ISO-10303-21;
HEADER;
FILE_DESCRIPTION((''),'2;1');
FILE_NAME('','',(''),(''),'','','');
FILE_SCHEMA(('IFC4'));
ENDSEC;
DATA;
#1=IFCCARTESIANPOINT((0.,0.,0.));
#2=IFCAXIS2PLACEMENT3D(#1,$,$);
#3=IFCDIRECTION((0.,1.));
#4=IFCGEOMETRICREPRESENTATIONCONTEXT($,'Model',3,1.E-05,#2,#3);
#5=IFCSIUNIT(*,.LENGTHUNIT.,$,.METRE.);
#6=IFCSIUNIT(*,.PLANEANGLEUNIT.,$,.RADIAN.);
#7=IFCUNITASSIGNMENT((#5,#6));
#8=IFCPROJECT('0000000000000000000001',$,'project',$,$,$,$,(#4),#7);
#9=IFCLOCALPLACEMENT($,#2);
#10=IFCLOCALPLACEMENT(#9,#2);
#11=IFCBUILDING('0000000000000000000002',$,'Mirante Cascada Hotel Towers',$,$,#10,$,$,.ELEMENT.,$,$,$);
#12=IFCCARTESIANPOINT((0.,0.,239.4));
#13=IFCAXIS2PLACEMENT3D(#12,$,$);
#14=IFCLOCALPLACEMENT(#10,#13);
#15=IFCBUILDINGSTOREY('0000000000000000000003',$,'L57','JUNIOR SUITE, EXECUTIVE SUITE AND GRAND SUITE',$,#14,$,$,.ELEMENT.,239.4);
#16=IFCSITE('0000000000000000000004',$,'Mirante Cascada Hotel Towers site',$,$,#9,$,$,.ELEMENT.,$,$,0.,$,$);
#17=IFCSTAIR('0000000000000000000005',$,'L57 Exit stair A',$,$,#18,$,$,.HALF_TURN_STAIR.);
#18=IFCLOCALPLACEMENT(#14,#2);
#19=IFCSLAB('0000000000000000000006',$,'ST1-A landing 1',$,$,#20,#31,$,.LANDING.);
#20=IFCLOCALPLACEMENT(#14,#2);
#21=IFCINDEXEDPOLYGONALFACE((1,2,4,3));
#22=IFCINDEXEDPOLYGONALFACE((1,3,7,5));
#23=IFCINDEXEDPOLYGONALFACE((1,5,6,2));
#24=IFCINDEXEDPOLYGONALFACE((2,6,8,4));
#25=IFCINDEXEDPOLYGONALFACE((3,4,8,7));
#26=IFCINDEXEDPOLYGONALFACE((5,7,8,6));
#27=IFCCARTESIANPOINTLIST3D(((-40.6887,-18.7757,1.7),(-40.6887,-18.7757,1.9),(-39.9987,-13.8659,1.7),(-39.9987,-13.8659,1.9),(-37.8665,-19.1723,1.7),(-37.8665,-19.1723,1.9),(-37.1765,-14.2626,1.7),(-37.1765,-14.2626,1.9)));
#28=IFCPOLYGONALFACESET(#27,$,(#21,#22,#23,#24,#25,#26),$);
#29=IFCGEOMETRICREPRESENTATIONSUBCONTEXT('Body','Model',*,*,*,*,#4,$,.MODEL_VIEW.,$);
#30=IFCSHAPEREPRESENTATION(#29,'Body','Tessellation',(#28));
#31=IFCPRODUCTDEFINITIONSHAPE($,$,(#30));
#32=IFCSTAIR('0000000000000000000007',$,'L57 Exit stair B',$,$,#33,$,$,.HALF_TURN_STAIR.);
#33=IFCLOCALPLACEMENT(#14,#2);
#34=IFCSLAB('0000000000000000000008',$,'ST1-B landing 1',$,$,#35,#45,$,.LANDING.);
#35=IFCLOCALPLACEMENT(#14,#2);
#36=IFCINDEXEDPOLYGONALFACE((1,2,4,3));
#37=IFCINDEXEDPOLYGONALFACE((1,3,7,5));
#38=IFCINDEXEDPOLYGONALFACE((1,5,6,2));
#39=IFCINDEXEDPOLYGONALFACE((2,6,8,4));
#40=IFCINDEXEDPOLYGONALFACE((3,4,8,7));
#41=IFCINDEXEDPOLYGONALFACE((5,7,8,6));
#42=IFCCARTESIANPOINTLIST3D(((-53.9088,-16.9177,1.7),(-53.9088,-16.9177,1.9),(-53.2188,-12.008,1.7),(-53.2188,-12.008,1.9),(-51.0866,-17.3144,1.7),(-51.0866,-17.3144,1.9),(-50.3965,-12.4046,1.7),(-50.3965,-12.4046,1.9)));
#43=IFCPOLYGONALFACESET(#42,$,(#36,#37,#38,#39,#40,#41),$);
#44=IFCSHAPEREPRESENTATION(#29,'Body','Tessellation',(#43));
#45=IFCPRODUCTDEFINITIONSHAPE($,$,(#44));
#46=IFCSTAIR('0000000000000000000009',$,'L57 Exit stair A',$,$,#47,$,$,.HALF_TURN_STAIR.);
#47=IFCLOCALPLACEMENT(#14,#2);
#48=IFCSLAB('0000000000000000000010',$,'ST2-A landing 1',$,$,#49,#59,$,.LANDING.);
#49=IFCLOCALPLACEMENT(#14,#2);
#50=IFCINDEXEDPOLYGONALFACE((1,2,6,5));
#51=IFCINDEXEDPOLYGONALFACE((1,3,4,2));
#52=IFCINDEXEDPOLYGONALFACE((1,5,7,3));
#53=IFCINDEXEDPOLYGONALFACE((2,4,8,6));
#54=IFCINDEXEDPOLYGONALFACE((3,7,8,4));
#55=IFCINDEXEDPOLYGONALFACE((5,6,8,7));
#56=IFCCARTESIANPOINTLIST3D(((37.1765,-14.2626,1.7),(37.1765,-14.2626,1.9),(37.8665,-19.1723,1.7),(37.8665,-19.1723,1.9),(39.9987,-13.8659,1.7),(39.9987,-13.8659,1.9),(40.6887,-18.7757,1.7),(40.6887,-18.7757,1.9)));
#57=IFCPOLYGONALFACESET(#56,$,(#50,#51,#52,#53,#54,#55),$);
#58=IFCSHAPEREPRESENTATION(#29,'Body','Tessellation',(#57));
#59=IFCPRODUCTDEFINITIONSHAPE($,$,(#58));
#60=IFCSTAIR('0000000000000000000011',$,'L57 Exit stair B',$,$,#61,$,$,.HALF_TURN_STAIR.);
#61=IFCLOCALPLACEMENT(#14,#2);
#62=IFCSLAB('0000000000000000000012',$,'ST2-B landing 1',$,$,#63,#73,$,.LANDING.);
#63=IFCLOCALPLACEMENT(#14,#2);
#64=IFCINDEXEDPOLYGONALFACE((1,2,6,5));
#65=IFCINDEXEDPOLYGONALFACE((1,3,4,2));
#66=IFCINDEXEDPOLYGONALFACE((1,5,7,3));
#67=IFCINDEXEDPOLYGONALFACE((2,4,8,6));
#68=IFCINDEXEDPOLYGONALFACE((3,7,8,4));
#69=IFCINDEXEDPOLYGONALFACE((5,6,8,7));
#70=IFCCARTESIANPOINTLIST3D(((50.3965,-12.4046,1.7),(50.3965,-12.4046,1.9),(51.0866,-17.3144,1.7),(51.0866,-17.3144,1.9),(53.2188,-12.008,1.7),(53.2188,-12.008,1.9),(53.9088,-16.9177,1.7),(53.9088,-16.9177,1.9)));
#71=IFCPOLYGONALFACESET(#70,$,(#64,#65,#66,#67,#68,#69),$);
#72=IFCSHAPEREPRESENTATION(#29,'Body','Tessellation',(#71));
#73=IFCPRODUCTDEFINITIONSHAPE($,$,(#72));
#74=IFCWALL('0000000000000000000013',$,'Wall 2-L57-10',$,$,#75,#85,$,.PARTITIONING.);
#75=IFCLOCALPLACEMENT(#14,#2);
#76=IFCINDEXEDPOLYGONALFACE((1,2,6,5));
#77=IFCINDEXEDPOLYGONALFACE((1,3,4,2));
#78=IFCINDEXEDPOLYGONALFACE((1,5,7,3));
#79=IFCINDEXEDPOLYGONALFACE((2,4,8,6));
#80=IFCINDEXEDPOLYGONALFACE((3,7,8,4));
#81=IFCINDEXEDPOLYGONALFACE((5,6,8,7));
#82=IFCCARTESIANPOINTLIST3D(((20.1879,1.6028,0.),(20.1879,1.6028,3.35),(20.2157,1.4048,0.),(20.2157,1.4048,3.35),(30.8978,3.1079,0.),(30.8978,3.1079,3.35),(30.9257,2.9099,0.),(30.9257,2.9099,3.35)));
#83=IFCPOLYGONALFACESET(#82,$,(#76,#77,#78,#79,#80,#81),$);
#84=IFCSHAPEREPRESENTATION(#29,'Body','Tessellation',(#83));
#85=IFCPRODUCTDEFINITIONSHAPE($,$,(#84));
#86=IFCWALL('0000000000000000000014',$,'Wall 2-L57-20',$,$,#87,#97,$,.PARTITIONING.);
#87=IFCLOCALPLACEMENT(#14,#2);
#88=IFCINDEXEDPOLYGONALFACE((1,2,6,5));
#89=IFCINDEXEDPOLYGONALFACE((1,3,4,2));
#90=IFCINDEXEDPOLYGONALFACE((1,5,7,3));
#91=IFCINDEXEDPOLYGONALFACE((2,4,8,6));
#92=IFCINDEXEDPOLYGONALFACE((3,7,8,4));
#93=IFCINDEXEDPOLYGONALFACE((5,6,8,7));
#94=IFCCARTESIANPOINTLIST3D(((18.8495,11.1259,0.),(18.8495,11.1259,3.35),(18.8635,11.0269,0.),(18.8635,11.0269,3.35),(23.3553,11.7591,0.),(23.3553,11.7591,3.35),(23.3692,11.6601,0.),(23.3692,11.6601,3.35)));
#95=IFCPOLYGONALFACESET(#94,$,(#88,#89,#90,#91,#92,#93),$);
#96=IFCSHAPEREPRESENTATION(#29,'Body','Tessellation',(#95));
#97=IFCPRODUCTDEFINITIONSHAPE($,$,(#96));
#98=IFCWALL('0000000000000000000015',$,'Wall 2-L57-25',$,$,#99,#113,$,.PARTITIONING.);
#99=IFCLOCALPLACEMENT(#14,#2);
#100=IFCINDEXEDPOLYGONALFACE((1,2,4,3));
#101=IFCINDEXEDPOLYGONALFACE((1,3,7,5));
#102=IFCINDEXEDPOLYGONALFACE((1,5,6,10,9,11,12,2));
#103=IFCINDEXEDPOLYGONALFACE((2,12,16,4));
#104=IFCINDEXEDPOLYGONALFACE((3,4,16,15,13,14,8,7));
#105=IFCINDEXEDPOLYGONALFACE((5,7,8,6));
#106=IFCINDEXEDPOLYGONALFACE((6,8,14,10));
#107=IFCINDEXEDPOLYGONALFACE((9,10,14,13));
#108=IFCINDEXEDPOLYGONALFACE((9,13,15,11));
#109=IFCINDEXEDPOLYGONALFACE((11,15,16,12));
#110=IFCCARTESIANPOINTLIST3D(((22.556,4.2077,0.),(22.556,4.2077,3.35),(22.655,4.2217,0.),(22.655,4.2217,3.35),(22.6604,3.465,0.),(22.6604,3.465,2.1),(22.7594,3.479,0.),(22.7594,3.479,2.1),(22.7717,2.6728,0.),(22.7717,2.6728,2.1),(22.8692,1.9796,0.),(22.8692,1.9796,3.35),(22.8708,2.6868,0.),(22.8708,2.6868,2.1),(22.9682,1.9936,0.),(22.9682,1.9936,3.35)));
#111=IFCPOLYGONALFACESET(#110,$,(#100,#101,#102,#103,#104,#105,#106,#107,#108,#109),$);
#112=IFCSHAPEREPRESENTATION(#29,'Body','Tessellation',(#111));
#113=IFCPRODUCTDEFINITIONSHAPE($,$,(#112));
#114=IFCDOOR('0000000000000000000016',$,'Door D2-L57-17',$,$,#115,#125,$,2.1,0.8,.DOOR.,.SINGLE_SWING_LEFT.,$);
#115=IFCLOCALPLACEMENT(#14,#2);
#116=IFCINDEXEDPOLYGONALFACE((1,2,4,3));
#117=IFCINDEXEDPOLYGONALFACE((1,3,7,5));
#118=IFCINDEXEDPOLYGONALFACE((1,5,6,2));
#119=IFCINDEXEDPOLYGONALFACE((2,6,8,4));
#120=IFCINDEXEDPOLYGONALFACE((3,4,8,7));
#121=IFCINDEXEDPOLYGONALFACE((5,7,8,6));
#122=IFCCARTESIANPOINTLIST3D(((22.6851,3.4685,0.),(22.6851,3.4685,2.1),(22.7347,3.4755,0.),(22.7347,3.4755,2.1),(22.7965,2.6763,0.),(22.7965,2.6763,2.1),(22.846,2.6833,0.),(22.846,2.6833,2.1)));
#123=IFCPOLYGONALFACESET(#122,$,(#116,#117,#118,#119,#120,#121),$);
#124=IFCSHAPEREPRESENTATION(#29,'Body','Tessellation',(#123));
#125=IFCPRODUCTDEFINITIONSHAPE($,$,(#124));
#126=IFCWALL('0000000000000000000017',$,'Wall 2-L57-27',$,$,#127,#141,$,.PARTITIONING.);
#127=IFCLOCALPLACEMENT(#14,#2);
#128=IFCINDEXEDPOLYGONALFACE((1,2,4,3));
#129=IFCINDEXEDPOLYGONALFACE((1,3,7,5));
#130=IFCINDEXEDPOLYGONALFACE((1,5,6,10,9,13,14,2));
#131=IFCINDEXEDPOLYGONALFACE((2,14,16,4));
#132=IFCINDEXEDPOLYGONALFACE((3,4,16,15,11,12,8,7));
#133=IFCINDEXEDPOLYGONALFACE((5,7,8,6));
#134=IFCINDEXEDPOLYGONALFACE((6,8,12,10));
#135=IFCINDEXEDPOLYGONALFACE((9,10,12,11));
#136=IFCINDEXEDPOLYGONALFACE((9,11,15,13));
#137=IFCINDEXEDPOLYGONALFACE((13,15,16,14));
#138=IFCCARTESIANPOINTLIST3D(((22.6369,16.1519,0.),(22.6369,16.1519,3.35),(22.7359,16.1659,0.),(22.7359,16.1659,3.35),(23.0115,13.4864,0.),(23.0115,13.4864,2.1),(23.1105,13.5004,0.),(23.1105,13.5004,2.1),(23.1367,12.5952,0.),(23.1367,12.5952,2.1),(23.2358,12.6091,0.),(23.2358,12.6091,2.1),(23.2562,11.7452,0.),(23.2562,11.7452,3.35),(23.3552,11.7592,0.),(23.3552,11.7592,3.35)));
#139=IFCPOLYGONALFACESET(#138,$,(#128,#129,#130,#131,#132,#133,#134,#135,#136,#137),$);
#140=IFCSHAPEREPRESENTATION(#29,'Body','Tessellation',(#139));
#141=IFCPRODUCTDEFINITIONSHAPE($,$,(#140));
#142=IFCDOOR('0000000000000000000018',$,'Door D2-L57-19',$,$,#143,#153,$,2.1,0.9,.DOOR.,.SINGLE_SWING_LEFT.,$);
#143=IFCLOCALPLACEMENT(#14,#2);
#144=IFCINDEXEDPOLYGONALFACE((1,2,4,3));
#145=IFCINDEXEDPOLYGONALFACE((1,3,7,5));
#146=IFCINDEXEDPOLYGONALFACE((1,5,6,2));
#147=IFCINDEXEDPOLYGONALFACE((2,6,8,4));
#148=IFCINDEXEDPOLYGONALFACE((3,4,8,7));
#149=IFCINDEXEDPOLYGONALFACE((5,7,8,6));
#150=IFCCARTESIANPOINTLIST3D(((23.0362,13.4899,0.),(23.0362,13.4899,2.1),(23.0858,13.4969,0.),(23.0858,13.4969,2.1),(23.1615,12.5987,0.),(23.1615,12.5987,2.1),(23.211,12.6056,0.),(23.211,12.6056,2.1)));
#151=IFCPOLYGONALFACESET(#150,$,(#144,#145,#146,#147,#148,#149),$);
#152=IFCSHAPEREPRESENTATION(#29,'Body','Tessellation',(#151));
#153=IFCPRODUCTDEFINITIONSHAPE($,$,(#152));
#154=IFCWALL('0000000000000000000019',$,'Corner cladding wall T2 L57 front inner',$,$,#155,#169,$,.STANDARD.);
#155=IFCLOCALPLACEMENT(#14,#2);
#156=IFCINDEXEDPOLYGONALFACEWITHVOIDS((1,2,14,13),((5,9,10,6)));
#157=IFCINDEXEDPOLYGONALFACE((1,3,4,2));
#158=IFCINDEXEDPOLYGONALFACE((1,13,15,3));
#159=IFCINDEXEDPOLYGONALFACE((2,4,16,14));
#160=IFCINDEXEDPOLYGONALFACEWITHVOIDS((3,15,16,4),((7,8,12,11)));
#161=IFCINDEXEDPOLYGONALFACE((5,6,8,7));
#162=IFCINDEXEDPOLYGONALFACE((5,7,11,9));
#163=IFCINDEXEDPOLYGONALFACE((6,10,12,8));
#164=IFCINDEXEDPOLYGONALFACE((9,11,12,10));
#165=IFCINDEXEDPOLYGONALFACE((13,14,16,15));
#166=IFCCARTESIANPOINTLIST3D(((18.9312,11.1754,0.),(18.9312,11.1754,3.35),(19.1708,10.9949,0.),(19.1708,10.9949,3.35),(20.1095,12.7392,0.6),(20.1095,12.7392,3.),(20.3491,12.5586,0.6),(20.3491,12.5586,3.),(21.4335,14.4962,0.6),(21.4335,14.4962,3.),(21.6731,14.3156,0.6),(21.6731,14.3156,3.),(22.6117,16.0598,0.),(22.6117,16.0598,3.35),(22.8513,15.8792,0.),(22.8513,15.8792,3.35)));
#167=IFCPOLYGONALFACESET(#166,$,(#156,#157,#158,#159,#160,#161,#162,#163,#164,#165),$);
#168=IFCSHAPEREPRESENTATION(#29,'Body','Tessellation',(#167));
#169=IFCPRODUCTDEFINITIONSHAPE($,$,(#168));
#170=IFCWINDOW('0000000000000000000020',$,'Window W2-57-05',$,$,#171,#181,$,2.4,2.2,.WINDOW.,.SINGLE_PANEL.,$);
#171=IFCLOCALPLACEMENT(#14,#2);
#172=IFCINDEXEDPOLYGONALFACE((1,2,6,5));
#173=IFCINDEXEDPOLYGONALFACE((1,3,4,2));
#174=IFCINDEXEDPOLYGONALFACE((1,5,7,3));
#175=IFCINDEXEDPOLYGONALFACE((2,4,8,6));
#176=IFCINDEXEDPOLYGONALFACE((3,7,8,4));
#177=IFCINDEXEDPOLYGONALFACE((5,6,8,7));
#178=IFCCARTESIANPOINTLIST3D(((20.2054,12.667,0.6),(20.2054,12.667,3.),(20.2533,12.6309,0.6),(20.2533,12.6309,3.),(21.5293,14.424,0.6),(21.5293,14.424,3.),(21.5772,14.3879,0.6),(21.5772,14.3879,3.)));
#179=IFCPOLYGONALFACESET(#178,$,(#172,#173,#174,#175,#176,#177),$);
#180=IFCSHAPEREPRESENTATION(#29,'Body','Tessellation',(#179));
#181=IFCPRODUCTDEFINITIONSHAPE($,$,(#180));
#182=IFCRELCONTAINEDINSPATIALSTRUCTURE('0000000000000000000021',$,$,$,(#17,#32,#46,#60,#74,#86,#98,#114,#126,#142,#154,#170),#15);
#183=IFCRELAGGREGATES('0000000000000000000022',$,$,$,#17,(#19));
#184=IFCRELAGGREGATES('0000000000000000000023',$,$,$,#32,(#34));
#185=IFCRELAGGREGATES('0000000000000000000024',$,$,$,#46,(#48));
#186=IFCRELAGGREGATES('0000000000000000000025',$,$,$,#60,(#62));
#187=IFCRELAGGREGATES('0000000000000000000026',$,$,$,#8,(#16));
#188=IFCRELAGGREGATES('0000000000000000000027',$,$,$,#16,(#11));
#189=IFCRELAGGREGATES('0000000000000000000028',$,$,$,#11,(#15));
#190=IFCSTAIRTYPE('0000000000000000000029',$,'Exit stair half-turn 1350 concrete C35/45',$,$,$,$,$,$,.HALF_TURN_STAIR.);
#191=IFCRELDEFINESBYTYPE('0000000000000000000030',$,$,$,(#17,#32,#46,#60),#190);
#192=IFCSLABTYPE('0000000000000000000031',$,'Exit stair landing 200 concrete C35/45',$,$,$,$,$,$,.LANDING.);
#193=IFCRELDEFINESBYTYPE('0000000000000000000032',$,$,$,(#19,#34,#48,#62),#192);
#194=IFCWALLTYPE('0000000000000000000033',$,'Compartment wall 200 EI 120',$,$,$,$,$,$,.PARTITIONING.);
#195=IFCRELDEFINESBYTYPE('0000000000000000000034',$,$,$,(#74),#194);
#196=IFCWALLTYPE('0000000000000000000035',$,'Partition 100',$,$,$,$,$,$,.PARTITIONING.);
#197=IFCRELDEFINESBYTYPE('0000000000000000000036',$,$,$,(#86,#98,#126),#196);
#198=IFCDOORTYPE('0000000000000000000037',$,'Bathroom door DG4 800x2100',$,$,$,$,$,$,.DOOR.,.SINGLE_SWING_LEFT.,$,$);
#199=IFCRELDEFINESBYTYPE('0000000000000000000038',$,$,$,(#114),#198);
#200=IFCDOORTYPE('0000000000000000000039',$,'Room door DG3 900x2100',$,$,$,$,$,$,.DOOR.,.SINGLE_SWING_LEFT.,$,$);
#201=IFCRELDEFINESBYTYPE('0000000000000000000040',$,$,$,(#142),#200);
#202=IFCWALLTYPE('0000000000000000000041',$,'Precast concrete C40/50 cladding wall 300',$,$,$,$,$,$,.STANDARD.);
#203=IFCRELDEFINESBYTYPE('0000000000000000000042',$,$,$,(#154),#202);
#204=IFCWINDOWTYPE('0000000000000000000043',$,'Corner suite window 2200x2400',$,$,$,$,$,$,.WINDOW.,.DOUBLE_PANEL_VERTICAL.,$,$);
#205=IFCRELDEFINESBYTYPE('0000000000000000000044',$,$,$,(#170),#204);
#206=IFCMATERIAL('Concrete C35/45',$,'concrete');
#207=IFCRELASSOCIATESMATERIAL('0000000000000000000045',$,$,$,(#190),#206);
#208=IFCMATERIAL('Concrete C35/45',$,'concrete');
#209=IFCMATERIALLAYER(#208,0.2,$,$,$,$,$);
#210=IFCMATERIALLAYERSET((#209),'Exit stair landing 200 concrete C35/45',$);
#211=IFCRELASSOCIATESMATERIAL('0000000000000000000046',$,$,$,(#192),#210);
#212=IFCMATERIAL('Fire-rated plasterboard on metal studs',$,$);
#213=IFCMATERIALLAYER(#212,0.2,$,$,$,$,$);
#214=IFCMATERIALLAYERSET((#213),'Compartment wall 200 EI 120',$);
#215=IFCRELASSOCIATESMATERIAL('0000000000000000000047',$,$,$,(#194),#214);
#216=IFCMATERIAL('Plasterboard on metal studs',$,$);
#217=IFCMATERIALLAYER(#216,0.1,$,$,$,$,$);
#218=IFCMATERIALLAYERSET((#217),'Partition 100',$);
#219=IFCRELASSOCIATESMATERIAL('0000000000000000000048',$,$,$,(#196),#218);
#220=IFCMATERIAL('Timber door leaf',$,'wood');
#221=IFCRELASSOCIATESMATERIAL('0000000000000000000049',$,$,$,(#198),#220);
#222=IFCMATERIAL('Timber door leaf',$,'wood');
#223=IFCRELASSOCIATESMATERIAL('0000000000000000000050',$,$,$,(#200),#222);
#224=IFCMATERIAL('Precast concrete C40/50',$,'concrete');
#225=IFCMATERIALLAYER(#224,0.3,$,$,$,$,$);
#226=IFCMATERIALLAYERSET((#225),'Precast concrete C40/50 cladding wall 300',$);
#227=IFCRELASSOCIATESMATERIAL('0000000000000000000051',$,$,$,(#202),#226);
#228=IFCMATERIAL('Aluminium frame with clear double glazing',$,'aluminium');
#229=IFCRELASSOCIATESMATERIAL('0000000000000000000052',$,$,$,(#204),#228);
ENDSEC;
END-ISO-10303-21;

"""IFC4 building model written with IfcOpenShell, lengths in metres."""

from ifc_helpers import new_model, si_unit, direction, frame, frame_2d, origin, place, context, subcontext, project, spatial, polyline, rectangle, outline, extrude, material, layer, layer_set, type_object, element, fill, aggregate, save


model = new_model("IFC4")

# Units and contexts
model_context = context("Model", 3, precision=1e-05, world=origin(), true_north=direction((0.0, 1.0)))
body_context = subcontext(model_context, "Body", "Model", "MODEL_VIEW")
ifc_project = project(units=[si_unit("LENGTHUNIT", "METRE"), si_unit("PLANEANGLEUNIT", "RADIAN")], contexts=[model_context])

# Site, building, storey
site_placement = place(None, origin())
site = spatial("IfcSite", under=ifc_project, at=site_placement, Name="Mirante Cascada Hotel Towers site", CompositionType="ELEMENT", RefElevation=0.0)
building_placement = place(site_placement, origin())
building = spatial("IfcBuilding", under=site, at=building_placement, Name="Mirante Cascada Hotel Towers", CompositionType="ELEMENT")
storey_placement = place(building_placement, frame((0.0, 0.0, 239.4)))
storey = spatial("IfcBuildingStorey", under=building, at=storey_placement, Name="L57", Description="JUNIOR SUITE, EXECUTIVE SUITE AND GRAND SUITE", CompositionType="ELEMENT", Elevation=239.4)

# Stairs, slabs
ifc_material_1 = material(Name="Concrete C35/45", Category="concrete")
stair_type = type_object("IfcStairType", Name="Exit stair half-turn 1350 concrete C35/45", PredefinedType="HALF_TURN_STAIR", material=ifc_material_1)
stair_1_placement = place(storey_placement, origin())
stair_1 = element("IfcStair", 1, at=stair_1_placement, inside=storey, type_object=stair_type, Name="L57 Exit stair A", PredefinedType="HALF_TURN_STAIR")
ifc_material_2 = material(Name="Concrete C35/45", Category="concrete")
ifc_layer_1 = layer(ifc_material_2, 0.2)
ifc_layer_set_1 = layer_set([ifc_layer_1], Name="Exit stair landing 200 concrete C35/45")
slab_type = type_object("IfcSlabType", Name="Exit stair landing 200 concrete C35/45", PredefinedType="LANDING", material=ifc_layer_set_1)
slab_1_placement = place(storey_placement, frame((0.0, 0.0, 1.7)))
slab_1 = element("IfcSlab", 2, at=slab_1_placement, type_object=slab_type, Name="ST1-A landing 1", PredefinedType="LANDING", context=body_context, shape_type="SweptSolid", body=[
    extrude(outline(polyline([(-39.9987, -13.8659), (-40.6887, -18.7757), (-37.8665, -19.1723), (-37.1765, -14.2626), (-39.9987, -13.8659)])), origin(), (0.0, 0.0, 1.0), 0.2),
])
aggregate(stair_1, [slab_1])
stair_2_placement = place(storey_placement, origin())
stair_2 = element("IfcStair", 3, at=stair_2_placement, inside=storey, type_object=stair_type, Name="L57 Exit stair B", PredefinedType="HALF_TURN_STAIR")
slab_2_placement = place(storey_placement, frame((0.0, 0.0, 1.7)))
slab_2 = element("IfcSlab", 4, at=slab_2_placement, type_object=slab_type, Name="ST1-B landing 1", PredefinedType="LANDING", context=body_context, shape_type="SweptSolid", body=[
    extrude(outline(polyline([(-53.2188, -12.008), (-53.9088, -16.9177), (-51.0866, -17.3144), (-50.3965, -12.4046), (-53.2188, -12.008)])), origin(), (0.0, 0.0, 1.0), 0.2),
])
aggregate(stair_2, [slab_2])
stair_3_placement = place(storey_placement, origin())
stair_3 = element("IfcStair", 5, at=stair_3_placement, inside=storey, type_object=stair_type, Name="L57 Exit stair A", PredefinedType="HALF_TURN_STAIR")
slab_3_placement = place(storey_placement, frame((0.0, 0.0, 1.7)))
slab_3 = element("IfcSlab", 6, at=slab_3_placement, type_object=slab_type, Name="ST2-A landing 1", PredefinedType="LANDING", context=body_context, shape_type="SweptSolid", body=[
    extrude(outline(polyline([(37.1765, -14.2626), (37.8665, -19.1723), (40.6887, -18.7757), (39.9987, -13.8659), (37.1765, -14.2626)])), origin(), (0.0, 0.0, 1.0), 0.2),
])
aggregate(stair_3, [slab_3])
stair_4_placement = place(storey_placement, origin())
stair_4 = element("IfcStair", 7, at=stair_4_placement, inside=storey, type_object=stair_type, Name="L57 Exit stair B", PredefinedType="HALF_TURN_STAIR")
slab_4_placement = place(storey_placement, frame((0.0, 0.0, 1.7)))
slab_4 = element("IfcSlab", 8, at=slab_4_placement, type_object=slab_type, Name="ST2-B landing 1", PredefinedType="LANDING", context=body_context, shape_type="SweptSolid", body=[
    extrude(outline(polyline([(50.3965, -12.4046), (51.0866, -17.3144), (53.9088, -16.9177), (53.2188, -12.008), (50.3965, -12.4046)])), origin(), (0.0, 0.0, 1.0), 0.2),
])
aggregate(stair_4, [slab_4])

# Walls
ifc_material_3 = material(Name="Fire-rated plasterboard on metal studs")
ifc_layer_2 = layer(ifc_material_3, 0.2)
ifc_layer_set_2 = layer_set([ifc_layer_2], Name="Compartment wall 200 EI 120")
wall_type_1 = type_object("IfcWallType", Name="Compartment wall 200 EI 120", PredefinedType="PARTITIONING", material=ifc_layer_set_2)
wall_1_placement = place(storey_placement, frame((20.2018, 1.5038, 0.0), z_axis=(0.0, 0.0, 1.0), x_axis=(0.990269, 0.139165, 0.0)))
element("IfcWall", 9, at=wall_1_placement, inside=storey, type_object=wall_type_1, Name="Wall 2-L57-10", PredefinedType="PARTITIONING", context=body_context, shape_type="SweptSolid", body=[
    extrude(rectangle(XDim=10.8152, YDim=0.2, at=frame_2d((5.4076, 0.0))), origin(), (0.0, 0.0, 1.0), 3.35),
])
ifc_material_4 = material(Name="Plasterboard on metal studs")
ifc_layer_3 = layer(ifc_material_4, 0.1)
ifc_layer_set_3 = layer_set([ifc_layer_3], Name="Partition 100")
wall_type_2 = type_object("IfcWallType", Name="Partition 100", PredefinedType="PARTITIONING", material=ifc_layer_set_3)
wall_2_placement = place(storey_placement, frame((18.8565, 11.0764, 0.0), z_axis=(0.0, 0.0, 1.0), x_axis=(0.990269, 0.139166, 0.0)))
element("IfcWall", 10, at=wall_2_placement, inside=storey, type_object=wall_type_2, Name="Wall 2-L57-20", PredefinedType="PARTITIONING", context=body_context, shape_type="SweptSolid", body=[
    extrude(rectangle(XDim=4.55, YDim=0.1, at=frame_2d((2.275, 0.0))), origin(), (0.0, 0.0, 1.0), 3.35),
])

# Walls, openings, doors
wall_3_placement = place(storey_placement, frame((22.6055, 4.2147, 0.0), z_axis=(0.0, 0.0, 1.0), x_axis=(0.1392, -0.990264, 0.0)))
wall_3 = element("IfcWall", 11, at=wall_3_placement, inside=storey, type_object=wall_type_2, Name="Wall 2-L57-25", PredefinedType="PARTITIONING", context=body_context, shape_type="SweptSolid", body=[
    extrude(rectangle(XDim=2.25, YDim=0.1, at=frame_2d((1.125, 0.0))), origin(), (0.0, 0.0, 1.0), 3.35),
])
opening_1_placement = place(wall_3_placement, frame((0.75, 0.0, 0.0)))
opening_1 = element("IfcOpeningElement", 12, at=opening_1_placement, cuts=wall_3, PredefinedType="OPENING", context=body_context, shape_type="SweptSolid", body=[
    extrude(rectangle(XDim=0.8, YDim=2.1, at=frame_2d((0.4, 1.05))), frame((0.0, 0.05, 0.0), z_axis=(0.0, -1.0, 0.0), x_axis=(1.0, 0.0, 0.0)), (0.0, 0.0, 1.0), 0.1),
])
ifc_material_5 = material(Name="Timber door leaf", Category="wood")
door_type_1 = type_object("IfcDoorType", Name="Bathroom door DG4 800x2100", OperationType="SINGLE_SWING_LEFT", PredefinedType="DOOR", material=ifc_material_5)
door_1_placement = place(opening_1_placement, origin())
door_1 = element("IfcDoor", 13, at=door_1_placement, inside=storey, type_object=door_type_1, Name="Door D2-L57-17", OperationType="SINGLE_SWING_LEFT", OverallHeight=2.1, OverallWidth=0.8, PredefinedType="DOOR", context=body_context, shape_type="SweptSolid", body=[
    extrude(rectangle(XDim=0.8, YDim=2.1, at=frame_2d((0.4, 1.05))), frame((0.0, 0.025, 0.0), z_axis=(0.0, -1.0, 0.0), x_axis=(1.0, 0.0, 0.0)), (0.0, 0.0, 1.0), 0.05),
])
fill(opening_1, door_1)
wall_4_placement = place(storey_placement, frame((22.6864, 16.1589, 0.0), z_axis=(0.0, 0.0, 1.0), x_axis=(0.139168, -0.990269, 0.0)))
wall_4 = element("IfcWall", 14, at=wall_4_placement, inside=storey, type_object=wall_type_2, Name="Wall 2-L57-27", PredefinedType="PARTITIONING", context=body_context, shape_type="SweptSolid", body=[
    extrude(rectangle(XDim=4.45, YDim=0.1, at=frame_2d((2.225, 0.0))), origin(), (0.0, 0.0, 1.0), 3.35),
])
opening_2_placement = place(wall_4_placement, frame((2.6917, 0.0, 0.0)))
opening_2 = element("IfcOpeningElement", 15, at=opening_2_placement, cuts=wall_4, PredefinedType="OPENING", context=body_context, shape_type="SweptSolid", body=[
    extrude(rectangle(XDim=0.9, YDim=2.1, at=frame_2d((0.45, 1.05))), frame((0.0, 0.05, 0.0), z_axis=(0.0, -1.0, 0.0), x_axis=(1.0, 0.0, 0.0)), (0.0, 0.0, 1.0), 0.1),
])
ifc_material_6 = material(Name="Timber door leaf", Category="wood")
door_type_2 = type_object("IfcDoorType", Name="Room door DG3 900x2100", OperationType="SINGLE_SWING_LEFT", PredefinedType="DOOR", material=ifc_material_6)
door_2_placement = place(opening_2_placement, origin())
door_2 = element("IfcDoor", 16, at=door_2_placement, inside=storey, type_object=door_type_2, Name="Door D2-L57-19", OperationType="SINGLE_SWING_LEFT", OverallHeight=2.1, OverallWidth=0.9, PredefinedType="DOOR", context=body_context, shape_type="SweptSolid", body=[
    extrude(rectangle(XDim=0.9, YDim=2.1, at=frame_2d((0.45, 1.05))), frame((0.0, 0.025, 0.0), z_axis=(0.0, -1.0, 0.0), x_axis=(1.0, 0.0, 0.0)), (0.0, 0.0, 1.0), 0.05),
])
fill(opening_2, door_2)

# Wall, opening, window
ifc_material_7 = material(Name="Precast concrete C40/50", Category="concrete")
ifc_layer_4 = layer(ifc_material_7, 0.3)
ifc_layer_set_4 = layer_set([ifc_layer_4], Name="Precast concrete C40/50 cladding wall 300")
wall_type_3 = type_object("IfcWallType", Name="Precast concrete C40/50 cladding wall 300", PredefinedType="STANDARD", material=ifc_layer_set_4)
wall_5_placement = place(storey_placement, frame((22.7315, 15.9695, 0.0), z_axis=(0.0, 0.0, 1.0), x_axis=(-0.601806, -0.798642, 0.0)))
wall_5 = element("IfcWall", 17, at=wall_5_placement, inside=storey, type_object=wall_type_3, Name="Corner cladding wall T2 L57 front inner", PredefinedType="STANDARD", context=body_context, shape_type="SweptSolid", body=[
    extrude(rectangle(XDim=6.1158, YDim=0.3, at=frame_2d((3.0579, 0.0))), origin(), (0.0, 0.0, 1.0), 3.35),
])
opening_3_placement = place(wall_5_placement, frame((1.9578, 0.0, 0.6)))
opening_3 = element("IfcOpeningElement", 18, at=opening_3_placement, cuts=wall_5, PredefinedType="OPENING", context=body_context, shape_type="SweptSolid", body=[
    extrude(rectangle(XDim=2.2, YDim=2.4, at=frame_2d((1.1, 1.2))), frame((0.0, 0.15, 0.0), z_axis=(0.0, -1.0, 0.0), x_axis=(1.0, 0.0, 0.0)), (0.0, 0.0, 1.0), 0.3),
])
ifc_material_8 = material(Name="Aluminium frame with clear double glazing", Category="aluminium")
window_type = type_object("IfcWindowType", Name="Corner suite window 2200x2400", PartitioningType="DOUBLE_PANEL_VERTICAL", PredefinedType="WINDOW", material=ifc_material_8)
window_placement = place(opening_3_placement, origin())
window = element("IfcWindow", 19, at=window_placement, inside=storey, type_object=window_type, Name="Window W2-57-05", OverallHeight=2.4, OverallWidth=2.2, PartitioningType="SINGLE_PANEL", PredefinedType="WINDOW", context=body_context, shape_type="SweptSolid", body=[
    extrude(rectangle(XDim=2.2, YDim=2.4, at=frame_2d((1.1, 1.2))), frame((0.0, 0.03, 0.0), z_axis=(0.0, -1.0, 0.0), x_axis=(1.0, 0.0, 0.0)), (0.0, 0.0, 1.0), 0.06),
])
fill(opening_3, window)

save(model, "model.ifc")
